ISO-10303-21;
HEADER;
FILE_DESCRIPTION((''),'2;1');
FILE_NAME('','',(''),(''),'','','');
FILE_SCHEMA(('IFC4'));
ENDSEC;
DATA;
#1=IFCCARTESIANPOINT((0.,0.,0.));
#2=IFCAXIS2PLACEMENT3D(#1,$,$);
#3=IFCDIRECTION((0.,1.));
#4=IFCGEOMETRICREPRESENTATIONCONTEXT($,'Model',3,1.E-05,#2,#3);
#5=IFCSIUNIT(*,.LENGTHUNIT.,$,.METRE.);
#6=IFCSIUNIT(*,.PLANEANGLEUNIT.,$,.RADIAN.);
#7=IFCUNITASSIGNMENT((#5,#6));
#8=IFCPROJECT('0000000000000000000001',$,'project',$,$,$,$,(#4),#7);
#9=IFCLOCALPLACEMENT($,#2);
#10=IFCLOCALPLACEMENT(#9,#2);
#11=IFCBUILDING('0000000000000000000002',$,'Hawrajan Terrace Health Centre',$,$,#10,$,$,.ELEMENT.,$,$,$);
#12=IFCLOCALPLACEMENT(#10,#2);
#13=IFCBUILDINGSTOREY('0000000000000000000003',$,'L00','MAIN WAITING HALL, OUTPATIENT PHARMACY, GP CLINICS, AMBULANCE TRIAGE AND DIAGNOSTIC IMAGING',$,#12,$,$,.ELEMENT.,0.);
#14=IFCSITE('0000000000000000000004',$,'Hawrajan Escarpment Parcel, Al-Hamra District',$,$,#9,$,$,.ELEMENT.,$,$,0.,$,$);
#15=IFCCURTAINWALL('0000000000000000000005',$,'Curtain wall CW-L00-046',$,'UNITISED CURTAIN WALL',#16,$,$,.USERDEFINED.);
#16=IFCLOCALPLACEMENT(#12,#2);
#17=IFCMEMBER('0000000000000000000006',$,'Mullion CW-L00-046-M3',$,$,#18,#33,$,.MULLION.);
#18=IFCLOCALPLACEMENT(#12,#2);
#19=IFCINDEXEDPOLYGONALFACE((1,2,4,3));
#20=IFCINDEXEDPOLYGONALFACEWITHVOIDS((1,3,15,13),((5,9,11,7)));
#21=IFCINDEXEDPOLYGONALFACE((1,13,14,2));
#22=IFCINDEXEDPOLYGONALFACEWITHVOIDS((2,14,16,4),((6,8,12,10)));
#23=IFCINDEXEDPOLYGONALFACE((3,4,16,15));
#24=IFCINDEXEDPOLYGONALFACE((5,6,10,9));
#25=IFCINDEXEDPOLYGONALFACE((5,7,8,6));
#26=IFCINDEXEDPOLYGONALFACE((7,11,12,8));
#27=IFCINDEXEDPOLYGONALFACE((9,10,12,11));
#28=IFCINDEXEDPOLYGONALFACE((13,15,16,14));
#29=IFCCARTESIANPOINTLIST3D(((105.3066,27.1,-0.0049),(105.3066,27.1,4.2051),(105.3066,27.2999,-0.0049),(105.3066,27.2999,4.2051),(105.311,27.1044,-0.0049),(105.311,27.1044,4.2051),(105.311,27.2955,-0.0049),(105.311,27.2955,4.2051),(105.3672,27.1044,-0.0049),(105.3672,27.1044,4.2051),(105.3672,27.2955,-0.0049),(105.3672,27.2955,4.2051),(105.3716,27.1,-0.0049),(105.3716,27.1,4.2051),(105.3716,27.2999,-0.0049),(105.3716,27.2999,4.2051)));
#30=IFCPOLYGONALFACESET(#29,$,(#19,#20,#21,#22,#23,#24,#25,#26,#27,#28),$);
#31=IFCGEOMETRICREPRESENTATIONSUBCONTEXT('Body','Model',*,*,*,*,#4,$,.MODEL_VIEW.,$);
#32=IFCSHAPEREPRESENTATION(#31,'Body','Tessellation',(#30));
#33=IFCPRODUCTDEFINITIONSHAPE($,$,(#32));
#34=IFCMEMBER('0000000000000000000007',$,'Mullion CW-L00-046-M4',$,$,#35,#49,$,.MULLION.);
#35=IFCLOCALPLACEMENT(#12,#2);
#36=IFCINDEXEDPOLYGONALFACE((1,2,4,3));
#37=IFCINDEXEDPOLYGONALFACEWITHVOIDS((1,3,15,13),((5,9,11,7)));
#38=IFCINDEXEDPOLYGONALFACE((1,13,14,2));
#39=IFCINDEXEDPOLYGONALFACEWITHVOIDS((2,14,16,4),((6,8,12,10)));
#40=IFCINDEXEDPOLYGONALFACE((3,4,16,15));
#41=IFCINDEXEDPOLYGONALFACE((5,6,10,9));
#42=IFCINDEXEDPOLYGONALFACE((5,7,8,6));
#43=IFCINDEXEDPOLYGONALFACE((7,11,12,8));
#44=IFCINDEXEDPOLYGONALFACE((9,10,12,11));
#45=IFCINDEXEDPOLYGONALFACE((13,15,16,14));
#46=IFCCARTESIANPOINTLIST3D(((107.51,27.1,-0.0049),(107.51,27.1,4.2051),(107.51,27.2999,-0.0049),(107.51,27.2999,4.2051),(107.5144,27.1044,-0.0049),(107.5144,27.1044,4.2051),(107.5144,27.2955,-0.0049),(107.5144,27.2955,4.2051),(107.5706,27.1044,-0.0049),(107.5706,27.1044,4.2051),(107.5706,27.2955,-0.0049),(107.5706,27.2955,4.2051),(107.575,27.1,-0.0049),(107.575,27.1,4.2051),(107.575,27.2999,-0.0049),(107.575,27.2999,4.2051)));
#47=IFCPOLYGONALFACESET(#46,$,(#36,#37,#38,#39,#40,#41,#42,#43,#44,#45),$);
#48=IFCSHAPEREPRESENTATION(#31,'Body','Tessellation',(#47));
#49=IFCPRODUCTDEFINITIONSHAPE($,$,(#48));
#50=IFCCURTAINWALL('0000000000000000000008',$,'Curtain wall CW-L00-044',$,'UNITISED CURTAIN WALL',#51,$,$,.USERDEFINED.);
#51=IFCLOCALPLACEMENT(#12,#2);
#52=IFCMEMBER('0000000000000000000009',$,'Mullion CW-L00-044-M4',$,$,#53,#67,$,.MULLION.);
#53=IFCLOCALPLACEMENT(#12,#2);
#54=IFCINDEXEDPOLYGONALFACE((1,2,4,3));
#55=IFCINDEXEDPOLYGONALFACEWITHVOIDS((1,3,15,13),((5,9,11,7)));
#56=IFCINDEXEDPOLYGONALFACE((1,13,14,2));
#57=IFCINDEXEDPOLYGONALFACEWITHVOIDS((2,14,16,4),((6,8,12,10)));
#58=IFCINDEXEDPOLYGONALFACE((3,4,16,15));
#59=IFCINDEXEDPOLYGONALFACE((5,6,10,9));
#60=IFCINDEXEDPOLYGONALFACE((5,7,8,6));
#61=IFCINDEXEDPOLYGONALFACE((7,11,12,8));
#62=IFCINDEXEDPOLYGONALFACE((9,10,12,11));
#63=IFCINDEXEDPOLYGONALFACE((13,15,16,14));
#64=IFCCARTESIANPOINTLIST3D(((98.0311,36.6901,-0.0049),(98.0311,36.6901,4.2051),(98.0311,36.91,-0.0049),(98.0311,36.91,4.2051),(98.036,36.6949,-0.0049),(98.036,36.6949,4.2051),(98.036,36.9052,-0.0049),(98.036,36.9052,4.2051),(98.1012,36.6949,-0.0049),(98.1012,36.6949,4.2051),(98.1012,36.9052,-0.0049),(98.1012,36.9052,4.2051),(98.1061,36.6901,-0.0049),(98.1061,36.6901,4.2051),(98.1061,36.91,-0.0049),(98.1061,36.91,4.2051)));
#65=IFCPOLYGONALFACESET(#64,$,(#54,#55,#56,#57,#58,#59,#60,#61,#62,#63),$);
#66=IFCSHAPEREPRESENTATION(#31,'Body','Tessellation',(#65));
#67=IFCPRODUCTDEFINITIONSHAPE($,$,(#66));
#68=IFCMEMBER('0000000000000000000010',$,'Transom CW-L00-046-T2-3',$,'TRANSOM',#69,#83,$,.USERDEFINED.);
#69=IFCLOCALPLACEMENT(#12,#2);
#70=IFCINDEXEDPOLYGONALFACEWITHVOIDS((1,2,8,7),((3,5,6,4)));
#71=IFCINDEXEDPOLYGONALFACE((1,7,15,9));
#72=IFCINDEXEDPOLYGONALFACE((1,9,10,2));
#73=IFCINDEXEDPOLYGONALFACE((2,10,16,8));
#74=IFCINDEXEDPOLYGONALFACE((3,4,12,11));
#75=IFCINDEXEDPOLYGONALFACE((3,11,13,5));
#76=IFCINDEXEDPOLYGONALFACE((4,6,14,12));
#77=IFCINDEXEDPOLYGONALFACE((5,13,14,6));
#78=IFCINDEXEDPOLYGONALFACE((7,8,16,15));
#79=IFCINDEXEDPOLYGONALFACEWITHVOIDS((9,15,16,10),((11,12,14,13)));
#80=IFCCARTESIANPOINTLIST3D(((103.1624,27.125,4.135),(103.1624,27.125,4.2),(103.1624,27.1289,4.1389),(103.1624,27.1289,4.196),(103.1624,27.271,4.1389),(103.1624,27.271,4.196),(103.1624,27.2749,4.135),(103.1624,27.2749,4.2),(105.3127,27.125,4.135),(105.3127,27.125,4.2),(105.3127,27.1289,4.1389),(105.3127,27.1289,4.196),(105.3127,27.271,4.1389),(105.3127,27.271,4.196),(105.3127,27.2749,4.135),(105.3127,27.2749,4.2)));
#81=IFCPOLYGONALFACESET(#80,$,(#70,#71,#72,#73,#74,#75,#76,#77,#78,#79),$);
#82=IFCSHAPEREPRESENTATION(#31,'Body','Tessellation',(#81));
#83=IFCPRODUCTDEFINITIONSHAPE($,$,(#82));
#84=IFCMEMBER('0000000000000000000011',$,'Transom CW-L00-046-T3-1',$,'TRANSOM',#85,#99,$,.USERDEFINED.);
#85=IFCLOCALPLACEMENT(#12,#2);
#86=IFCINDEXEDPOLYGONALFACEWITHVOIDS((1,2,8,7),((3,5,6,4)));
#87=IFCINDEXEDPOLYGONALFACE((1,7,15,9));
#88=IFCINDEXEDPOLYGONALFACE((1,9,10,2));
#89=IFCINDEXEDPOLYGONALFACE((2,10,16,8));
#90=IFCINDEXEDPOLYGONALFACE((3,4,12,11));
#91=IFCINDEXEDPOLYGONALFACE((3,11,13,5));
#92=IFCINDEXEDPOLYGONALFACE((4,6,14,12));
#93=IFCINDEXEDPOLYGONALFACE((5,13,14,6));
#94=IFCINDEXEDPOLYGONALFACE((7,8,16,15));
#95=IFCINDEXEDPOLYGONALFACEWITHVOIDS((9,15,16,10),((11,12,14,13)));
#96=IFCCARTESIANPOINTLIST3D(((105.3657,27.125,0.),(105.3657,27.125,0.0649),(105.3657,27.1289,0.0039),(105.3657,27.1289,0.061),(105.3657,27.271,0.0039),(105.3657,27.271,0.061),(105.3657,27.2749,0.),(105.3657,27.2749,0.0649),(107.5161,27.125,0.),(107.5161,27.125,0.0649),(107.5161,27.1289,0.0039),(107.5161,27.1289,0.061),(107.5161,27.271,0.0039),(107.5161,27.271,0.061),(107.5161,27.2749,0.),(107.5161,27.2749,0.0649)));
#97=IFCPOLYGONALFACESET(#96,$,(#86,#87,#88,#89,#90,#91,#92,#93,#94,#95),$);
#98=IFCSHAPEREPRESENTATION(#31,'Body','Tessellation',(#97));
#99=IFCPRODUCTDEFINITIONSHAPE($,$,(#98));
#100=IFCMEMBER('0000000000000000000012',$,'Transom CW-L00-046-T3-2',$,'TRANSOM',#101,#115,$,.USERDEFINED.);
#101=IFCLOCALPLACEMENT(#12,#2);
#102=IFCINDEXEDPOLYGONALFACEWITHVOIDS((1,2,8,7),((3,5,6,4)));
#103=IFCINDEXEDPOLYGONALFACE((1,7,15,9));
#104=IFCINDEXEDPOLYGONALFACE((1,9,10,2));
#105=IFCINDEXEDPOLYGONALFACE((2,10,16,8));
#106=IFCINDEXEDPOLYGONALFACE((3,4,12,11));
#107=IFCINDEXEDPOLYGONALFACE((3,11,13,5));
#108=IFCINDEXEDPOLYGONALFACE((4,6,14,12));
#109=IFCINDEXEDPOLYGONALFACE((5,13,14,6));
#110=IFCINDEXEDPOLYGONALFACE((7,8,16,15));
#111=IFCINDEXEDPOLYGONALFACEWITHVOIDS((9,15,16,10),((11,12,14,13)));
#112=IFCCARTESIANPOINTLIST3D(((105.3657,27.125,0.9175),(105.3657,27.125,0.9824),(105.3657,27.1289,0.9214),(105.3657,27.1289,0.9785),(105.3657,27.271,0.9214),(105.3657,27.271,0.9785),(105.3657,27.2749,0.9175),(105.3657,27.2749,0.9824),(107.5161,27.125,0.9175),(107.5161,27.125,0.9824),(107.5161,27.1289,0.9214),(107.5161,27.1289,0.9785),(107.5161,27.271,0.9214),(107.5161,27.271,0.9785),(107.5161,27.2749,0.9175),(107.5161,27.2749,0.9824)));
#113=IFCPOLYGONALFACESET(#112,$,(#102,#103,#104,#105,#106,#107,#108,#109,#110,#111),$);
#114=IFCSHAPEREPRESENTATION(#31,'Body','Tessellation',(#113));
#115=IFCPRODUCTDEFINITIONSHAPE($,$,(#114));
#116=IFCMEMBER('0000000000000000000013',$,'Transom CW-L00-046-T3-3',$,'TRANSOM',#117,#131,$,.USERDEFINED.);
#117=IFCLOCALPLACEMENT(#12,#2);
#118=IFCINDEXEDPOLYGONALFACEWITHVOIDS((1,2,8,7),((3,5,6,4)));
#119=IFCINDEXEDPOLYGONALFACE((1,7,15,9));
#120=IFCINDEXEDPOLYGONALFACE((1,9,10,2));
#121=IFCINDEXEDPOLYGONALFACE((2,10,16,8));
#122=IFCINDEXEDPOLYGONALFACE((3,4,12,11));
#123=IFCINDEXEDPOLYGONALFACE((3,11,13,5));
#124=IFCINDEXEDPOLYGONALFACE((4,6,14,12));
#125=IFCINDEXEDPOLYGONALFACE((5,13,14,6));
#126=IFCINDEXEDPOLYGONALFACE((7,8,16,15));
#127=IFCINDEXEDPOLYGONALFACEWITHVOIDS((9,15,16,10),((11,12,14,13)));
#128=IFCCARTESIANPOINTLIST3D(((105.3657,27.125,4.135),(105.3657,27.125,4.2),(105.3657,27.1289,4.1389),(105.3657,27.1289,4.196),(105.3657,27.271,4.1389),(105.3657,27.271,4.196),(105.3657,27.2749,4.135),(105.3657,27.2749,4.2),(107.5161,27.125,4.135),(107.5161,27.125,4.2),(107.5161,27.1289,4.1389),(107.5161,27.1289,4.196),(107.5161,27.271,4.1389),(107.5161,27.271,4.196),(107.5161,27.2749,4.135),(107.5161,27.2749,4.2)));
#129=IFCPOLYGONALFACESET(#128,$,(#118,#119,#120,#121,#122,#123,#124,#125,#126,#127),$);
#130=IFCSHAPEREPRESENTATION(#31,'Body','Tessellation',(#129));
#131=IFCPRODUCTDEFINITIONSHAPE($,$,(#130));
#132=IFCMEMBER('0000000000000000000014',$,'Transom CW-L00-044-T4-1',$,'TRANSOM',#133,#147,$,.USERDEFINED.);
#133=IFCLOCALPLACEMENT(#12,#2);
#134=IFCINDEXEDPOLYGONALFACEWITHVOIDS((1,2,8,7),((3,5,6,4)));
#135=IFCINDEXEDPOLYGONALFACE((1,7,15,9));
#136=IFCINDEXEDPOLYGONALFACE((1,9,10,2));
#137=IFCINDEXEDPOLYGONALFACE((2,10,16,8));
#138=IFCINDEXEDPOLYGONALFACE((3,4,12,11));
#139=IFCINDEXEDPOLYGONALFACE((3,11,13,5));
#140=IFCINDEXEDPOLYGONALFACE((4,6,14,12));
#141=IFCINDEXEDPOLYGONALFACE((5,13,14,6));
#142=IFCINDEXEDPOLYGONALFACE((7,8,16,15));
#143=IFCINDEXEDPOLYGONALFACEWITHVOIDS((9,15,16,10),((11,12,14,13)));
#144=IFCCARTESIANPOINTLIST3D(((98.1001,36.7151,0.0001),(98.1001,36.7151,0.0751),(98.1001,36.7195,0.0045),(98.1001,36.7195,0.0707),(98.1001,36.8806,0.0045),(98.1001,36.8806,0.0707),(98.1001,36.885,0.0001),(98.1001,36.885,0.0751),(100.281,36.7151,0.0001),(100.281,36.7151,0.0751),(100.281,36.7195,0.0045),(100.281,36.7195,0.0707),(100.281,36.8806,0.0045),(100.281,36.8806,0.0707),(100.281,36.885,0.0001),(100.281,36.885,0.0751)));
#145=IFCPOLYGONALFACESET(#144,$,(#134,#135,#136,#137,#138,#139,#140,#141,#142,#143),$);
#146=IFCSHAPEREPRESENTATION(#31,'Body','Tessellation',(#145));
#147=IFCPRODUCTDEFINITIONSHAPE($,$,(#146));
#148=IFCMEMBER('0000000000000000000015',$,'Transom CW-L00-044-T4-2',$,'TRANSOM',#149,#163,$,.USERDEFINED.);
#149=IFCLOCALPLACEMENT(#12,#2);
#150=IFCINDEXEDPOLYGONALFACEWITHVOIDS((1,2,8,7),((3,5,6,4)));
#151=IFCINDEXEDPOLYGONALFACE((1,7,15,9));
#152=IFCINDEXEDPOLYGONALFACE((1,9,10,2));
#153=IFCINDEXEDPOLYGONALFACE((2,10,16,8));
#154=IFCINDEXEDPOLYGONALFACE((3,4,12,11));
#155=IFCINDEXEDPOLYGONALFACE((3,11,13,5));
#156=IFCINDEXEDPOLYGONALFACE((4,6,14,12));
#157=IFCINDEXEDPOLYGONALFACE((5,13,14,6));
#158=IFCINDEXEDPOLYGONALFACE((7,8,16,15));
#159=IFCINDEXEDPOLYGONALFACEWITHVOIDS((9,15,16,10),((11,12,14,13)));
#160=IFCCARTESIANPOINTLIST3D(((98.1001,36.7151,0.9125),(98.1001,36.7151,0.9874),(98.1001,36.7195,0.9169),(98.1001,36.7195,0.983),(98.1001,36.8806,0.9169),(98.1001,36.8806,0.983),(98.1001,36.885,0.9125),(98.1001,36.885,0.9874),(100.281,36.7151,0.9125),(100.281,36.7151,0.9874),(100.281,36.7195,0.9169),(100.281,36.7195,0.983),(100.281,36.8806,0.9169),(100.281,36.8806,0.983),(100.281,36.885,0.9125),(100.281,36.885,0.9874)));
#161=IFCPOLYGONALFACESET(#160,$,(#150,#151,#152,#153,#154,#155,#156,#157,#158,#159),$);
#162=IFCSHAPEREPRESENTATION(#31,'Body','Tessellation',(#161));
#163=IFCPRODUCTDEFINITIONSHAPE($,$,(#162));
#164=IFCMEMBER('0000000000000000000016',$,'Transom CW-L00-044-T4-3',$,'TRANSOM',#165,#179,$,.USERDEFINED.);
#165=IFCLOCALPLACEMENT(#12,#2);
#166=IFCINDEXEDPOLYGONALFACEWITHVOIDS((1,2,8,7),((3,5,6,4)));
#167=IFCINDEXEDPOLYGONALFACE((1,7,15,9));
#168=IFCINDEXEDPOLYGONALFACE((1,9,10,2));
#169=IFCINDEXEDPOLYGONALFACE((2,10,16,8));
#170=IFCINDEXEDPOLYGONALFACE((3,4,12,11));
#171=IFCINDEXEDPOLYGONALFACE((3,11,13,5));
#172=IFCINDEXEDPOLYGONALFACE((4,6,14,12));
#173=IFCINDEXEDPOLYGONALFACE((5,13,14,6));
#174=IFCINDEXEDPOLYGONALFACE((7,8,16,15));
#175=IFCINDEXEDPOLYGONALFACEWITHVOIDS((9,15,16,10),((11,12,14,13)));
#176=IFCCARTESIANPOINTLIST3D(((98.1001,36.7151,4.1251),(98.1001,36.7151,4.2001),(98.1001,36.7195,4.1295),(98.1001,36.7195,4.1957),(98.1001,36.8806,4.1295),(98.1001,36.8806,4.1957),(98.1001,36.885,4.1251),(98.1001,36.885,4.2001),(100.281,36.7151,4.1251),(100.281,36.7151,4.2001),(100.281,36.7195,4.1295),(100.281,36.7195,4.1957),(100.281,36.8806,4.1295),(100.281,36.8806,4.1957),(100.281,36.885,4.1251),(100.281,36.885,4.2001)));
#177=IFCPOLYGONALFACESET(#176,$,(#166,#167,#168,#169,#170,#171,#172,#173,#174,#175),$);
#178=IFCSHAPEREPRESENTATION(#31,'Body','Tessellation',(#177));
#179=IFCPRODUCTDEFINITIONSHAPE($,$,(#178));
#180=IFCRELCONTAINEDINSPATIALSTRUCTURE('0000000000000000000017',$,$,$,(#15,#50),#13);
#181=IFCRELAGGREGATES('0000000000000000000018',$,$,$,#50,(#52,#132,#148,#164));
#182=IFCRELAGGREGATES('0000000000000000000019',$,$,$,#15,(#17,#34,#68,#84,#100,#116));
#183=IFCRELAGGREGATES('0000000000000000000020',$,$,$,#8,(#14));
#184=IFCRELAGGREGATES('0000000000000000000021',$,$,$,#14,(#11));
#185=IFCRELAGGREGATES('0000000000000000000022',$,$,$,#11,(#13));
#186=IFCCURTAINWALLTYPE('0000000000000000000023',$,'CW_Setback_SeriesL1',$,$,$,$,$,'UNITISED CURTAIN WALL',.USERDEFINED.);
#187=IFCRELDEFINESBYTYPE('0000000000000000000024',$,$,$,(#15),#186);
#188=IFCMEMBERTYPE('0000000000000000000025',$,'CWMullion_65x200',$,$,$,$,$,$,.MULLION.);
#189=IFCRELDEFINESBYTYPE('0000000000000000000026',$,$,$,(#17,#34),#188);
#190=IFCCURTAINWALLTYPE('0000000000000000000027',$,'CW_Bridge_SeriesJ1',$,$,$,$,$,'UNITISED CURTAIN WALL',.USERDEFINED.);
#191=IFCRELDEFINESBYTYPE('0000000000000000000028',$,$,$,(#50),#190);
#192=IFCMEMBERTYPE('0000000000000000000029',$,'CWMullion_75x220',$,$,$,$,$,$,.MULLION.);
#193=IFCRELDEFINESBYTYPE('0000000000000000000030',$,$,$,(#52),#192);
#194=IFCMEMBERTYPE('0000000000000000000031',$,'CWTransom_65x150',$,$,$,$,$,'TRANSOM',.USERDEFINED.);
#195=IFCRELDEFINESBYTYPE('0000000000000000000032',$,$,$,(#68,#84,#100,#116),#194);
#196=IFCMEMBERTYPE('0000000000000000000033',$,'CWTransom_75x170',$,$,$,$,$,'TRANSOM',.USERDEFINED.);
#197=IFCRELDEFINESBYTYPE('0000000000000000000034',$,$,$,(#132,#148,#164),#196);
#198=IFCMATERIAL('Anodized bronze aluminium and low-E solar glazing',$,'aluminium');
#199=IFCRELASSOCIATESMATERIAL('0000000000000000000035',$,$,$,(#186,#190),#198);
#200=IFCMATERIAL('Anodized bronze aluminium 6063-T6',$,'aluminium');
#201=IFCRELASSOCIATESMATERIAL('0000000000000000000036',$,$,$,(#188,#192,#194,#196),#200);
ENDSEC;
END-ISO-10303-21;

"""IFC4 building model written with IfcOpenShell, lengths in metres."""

from ifc_helpers import new_model, si_unit, direction, frame, origin, origin_2d, place, context, subcontext, project, spatial, hollow_rectangle, extrude, material, material_profile, profile_set, type_object, element, aggregate, save


model = new_model("IFC4")

# Units and contexts
model_context = context("Model", 3, precision=1e-05, world=origin(), true_north=direction((0.0, 1.0)))
body_context = subcontext(model_context, "Body", "Model", "MODEL_VIEW")
ifc_project = project(units=[si_unit("LENGTHUNIT", "METRE"), si_unit("PLANEANGLEUNIT", "RADIAN")], contexts=[model_context])

# Site, building, storey
site_placement = place(None, origin())
site = spatial("IfcSite", under=ifc_project, at=site_placement, Name="Hawrajan Escarpment Parcel, Al-Hamra District", CompositionType="ELEMENT", RefElevation=0.0)
building_placement = place(site_placement, origin())
building = spatial("IfcBuilding", under=site, at=building_placement, Name="Hawrajan Terrace Health Centre", CompositionType="ELEMENT")
storey_placement = place(building_placement, origin())
storey = spatial("IfcBuildingStorey", under=building, at=storey_placement, Name="L00", Description="MAIN WAITING HALL, OUTPATIENT PHARMACY, GP CLINICS, AMBULANCE TRIAGE AND DIAGNOSTIC IMAGING", CompositionType="ELEMENT", Elevation=0.0)

# Curtain wall, members
ifc_material_1 = material(Name="Anodized bronze aluminium and low-E solar glazing", Category="aluminium")
curtain_wall_type_1 = type_object("IfcCurtainWallType", Name="CW_Setback_SeriesL1", ElementType="UNITISED CURTAIN WALL", PredefinedType="USERDEFINED", material=ifc_material_1)
curtain_wall_1_placement = place(storey_placement, origin())
curtain_wall_1 = element("IfcCurtainWall", 1, at=curtain_wall_1_placement, inside=storey, type_object=curtain_wall_type_1, Name="Curtain wall CW-L00-046", ObjectType="UNITISED CURTAIN WALL", PredefinedType="USERDEFINED")
ifc_material_2 = material(Name="Anodized bronze aluminium 6063-T6", Category="aluminium")
ifc_material_profile_1 = material_profile(ifc_material_2, hollow_rectangle(XDim=0.0649, YDim=0.2, WallThickness=0.0044, at=origin_2d()), Name="CW MUL 65x200")
ifc_profile_set_1 = profile_set([ifc_material_profile_1], Name="Anodized bronze aluminium 6063-T6")
member_type_1 = type_object("IfcMemberType", Name="CWMullion_65x200", PredefinedType="MULLION", material=ifc_profile_set_1)
member_1_placement = place(storey_placement, frame((105.3391, 27.2, -0.0049), z_axis=(0.0, 0.0, 1.0), x_axis=(1.0, 0.0, 0.0)))
member_1 = element("IfcMember", 2, at=member_1_placement, type_object=member_type_1, Name="Mullion CW-L00-046-M3", PredefinedType="MULLION", context=body_context, shape_type="SweptSolid", body=[
    extrude(hollow_rectangle(XDim=0.0649, YDim=0.2, WallThickness=0.0044, at=origin_2d()), origin(), (0.0, 0.0, 1.0), 4.21),
])
member_2_placement = place(storey_placement, frame((107.5425, 27.2, -0.0049), z_axis=(0.0, 0.0, 1.0), x_axis=(1.0, 0.0, 0.0)))
member_2 = element("IfcMember", 3, at=member_2_placement, type_object=member_type_1, Name="Mullion CW-L00-046-M4", PredefinedType="MULLION", context=body_context, shape_type="SweptSolid", body=[
    extrude(hollow_rectangle(XDim=0.0649, YDim=0.2, WallThickness=0.0044, at=origin_2d()), origin(), (0.0, 0.0, 1.0), 4.21),
])

# Curtain wall, member
curtain_wall_type_2 = type_object("IfcCurtainWallType", Name="CW_Bridge_SeriesJ1", ElementType="UNITISED CURTAIN WALL", PredefinedType="USERDEFINED", material=ifc_material_1)
curtain_wall_2_placement = place(storey_placement, origin())
curtain_wall_2 = element("IfcCurtainWall", 4, at=curtain_wall_2_placement, inside=storey, type_object=curtain_wall_type_2, Name="Curtain wall CW-L00-044", ObjectType="UNITISED CURTAIN WALL", PredefinedType="USERDEFINED")
ifc_material_profile_2 = material_profile(ifc_material_2, hollow_rectangle(XDim=0.075, YDim=0.22, WallThickness=0.0049, at=origin_2d()), Name="CW MUL 75x220")
ifc_profile_set_2 = profile_set([ifc_material_profile_2], Name="Anodized bronze aluminium 6063-T6")
member_type_2 = type_object("IfcMemberType", Name="CWMullion_75x220", PredefinedType="MULLION", material=ifc_profile_set_2)
member_3_placement = place(storey_placement, frame((98.0686, 36.8, -0.0049), z_axis=(0.0, 0.0, 1.0), x_axis=(1.0, 0.0, 0.0)))
member_3 = element("IfcMember", 5, at=member_3_placement, type_object=member_type_2, Name="Mullion CW-L00-044-M4", PredefinedType="MULLION", context=body_context, shape_type="SweptSolid", body=[
    extrude(hollow_rectangle(XDim=0.075, YDim=0.22, WallThickness=0.0049, at=origin_2d()), origin(), (0.0, 0.0, 1.0), 4.21),
])

# Members
ifc_material_profile_3 = material_profile(ifc_material_2, hollow_rectangle(XDim=0.0649, YDim=0.1499, WallThickness=0.0039, at=origin_2d()), Name="CW TRN 65x150")
ifc_profile_set_3 = profile_set([ifc_material_profile_3], Name="Anodized bronze aluminium 6063-T6")
member_type_3 = type_object("IfcMemberType", Name="CWTransom_65x150", ElementType="TRANSOM", PredefinedType="USERDEFINED", material=ifc_profile_set_3)
member_4_placement = place(storey_placement, frame((103.1624, 27.2, 4.1675), z_axis=(1.0, 0.0, 0.0), x_axis=(0.0, 0.0, 1.0)))
member_4 = element("IfcMember", 6, at=member_4_placement, type_object=member_type_3, Name="Transom CW-L00-046-T2-3", ObjectType="TRANSOM", PredefinedType="USERDEFINED", context=body_context, shape_type="SweptSolid", body=[
    extrude(hollow_rectangle(XDim=0.0649, YDim=0.1499, WallThickness=0.0039, at=origin_2d()), origin(), (0.0, 0.0, 1.0), 2.1504),
])
member_5_placement = place(storey_placement, frame((105.3657, 27.2, 0.0325), z_axis=(1.0, 0.0, 0.0), x_axis=(0.0, 0.0, 1.0)))
member_5 = element("IfcMember", 7, at=member_5_placement, type_object=member_type_3, Name="Transom CW-L00-046-T3-1", ObjectType="TRANSOM", PredefinedType="USERDEFINED", context=body_context, shape_type="SweptSolid", body=[
    extrude(hollow_rectangle(XDim=0.0649, YDim=0.1499, WallThickness=0.0039, at=origin_2d()), origin(), (0.0, 0.0, 1.0), 2.1504),
])
member_6_placement = place(storey_placement, frame((105.3657, 27.2, 0.95), z_axis=(1.0, 0.0, 0.0), x_axis=(0.0, 0.0, 1.0)))
member_6 = element("IfcMember", 8, at=member_6_placement, type_object=member_type_3, Name="Transom CW-L00-046-T3-2", ObjectType="TRANSOM", PredefinedType="USERDEFINED", context=body_context, shape_type="SweptSolid", body=[
    extrude(hollow_rectangle(XDim=0.0649, YDim=0.1499, WallThickness=0.0039, at=origin_2d()), origin(), (0.0, 0.0, 1.0), 2.1504),
])
member_7_placement = place(storey_placement, frame((105.3657, 27.2, 4.1675), z_axis=(1.0, 0.0, 0.0), x_axis=(0.0, 0.0, 1.0)))
member_7 = element("IfcMember", 9, at=member_7_placement, type_object=member_type_3, Name="Transom CW-L00-046-T3-3", ObjectType="TRANSOM", PredefinedType="USERDEFINED", context=body_context, shape_type="SweptSolid", body=[
    extrude(hollow_rectangle(XDim=0.0649, YDim=0.1499, WallThickness=0.0039, at=origin_2d()), origin(), (0.0, 0.0, 1.0), 2.1504),
])
ifc_material_profile_4 = material_profile(ifc_material_2, hollow_rectangle(XDim=0.075, YDim=0.1699, WallThickness=0.0044, at=origin_2d()), Name="CW TRN 75x170")
ifc_profile_set_4 = profile_set([ifc_material_profile_4], Name="Anodized bronze aluminium 6063-T6")
member_type_4 = type_object("IfcMemberType", Name="CWTransom_75x170", ElementType="TRANSOM", PredefinedType="USERDEFINED", material=ifc_profile_set_4)
member_8_placement = place(storey_placement, frame((98.1001, 36.8, 0.0376), z_axis=(1.0, 0.0, 0.0), x_axis=(0.0, 0.0, 1.0)))
member_8 = element("IfcMember", 10, at=member_8_placement, type_object=member_type_4, Name="Transom CW-L00-044-T4-1", ObjectType="TRANSOM", PredefinedType="USERDEFINED", context=body_context, shape_type="SweptSolid", body=[
    extrude(hollow_rectangle(XDim=0.075, YDim=0.1699, WallThickness=0.0044, at=origin_2d()), origin(), (0.0, 0.0, 1.0), 2.1809),
])
member_9_placement = place(storey_placement, frame((98.1001, 36.8, 0.95), z_axis=(1.0, 0.0, 0.0), x_axis=(0.0, 0.0, 1.0)))
member_9 = element("IfcMember", 11, at=member_9_placement, type_object=member_type_4, Name="Transom CW-L00-044-T4-2", ObjectType="TRANSOM", PredefinedType="USERDEFINED", context=body_context, shape_type="SweptSolid", body=[
    extrude(hollow_rectangle(XDim=0.075, YDim=0.1699, WallThickness=0.0044, at=origin_2d()), origin(), (0.0, 0.0, 1.0), 2.1809),
])
member_10_placement = place(storey_placement, frame((98.1001, 36.8, 4.1626), z_axis=(1.0, 0.0, 0.0), x_axis=(0.0, 0.0, 1.0)))
member_10 = element("IfcMember", 12, at=member_10_placement, type_object=member_type_4, Name="Transom CW-L00-044-T4-3", ObjectType="TRANSOM", PredefinedType="USERDEFINED", context=body_context, shape_type="SweptSolid", body=[
    extrude(hollow_rectangle(XDim=0.075, YDim=0.1699, WallThickness=0.0044, at=origin_2d()), origin(), (0.0, 0.0, 1.0), 2.1809),
])

aggregate(curtain_wall_2, [member_3, member_8, member_9, member_10])
aggregate(curtain_wall_1, [member_1, member_2, member_4, member_5, member_6, member_7])

save(model, "model.ifc")
